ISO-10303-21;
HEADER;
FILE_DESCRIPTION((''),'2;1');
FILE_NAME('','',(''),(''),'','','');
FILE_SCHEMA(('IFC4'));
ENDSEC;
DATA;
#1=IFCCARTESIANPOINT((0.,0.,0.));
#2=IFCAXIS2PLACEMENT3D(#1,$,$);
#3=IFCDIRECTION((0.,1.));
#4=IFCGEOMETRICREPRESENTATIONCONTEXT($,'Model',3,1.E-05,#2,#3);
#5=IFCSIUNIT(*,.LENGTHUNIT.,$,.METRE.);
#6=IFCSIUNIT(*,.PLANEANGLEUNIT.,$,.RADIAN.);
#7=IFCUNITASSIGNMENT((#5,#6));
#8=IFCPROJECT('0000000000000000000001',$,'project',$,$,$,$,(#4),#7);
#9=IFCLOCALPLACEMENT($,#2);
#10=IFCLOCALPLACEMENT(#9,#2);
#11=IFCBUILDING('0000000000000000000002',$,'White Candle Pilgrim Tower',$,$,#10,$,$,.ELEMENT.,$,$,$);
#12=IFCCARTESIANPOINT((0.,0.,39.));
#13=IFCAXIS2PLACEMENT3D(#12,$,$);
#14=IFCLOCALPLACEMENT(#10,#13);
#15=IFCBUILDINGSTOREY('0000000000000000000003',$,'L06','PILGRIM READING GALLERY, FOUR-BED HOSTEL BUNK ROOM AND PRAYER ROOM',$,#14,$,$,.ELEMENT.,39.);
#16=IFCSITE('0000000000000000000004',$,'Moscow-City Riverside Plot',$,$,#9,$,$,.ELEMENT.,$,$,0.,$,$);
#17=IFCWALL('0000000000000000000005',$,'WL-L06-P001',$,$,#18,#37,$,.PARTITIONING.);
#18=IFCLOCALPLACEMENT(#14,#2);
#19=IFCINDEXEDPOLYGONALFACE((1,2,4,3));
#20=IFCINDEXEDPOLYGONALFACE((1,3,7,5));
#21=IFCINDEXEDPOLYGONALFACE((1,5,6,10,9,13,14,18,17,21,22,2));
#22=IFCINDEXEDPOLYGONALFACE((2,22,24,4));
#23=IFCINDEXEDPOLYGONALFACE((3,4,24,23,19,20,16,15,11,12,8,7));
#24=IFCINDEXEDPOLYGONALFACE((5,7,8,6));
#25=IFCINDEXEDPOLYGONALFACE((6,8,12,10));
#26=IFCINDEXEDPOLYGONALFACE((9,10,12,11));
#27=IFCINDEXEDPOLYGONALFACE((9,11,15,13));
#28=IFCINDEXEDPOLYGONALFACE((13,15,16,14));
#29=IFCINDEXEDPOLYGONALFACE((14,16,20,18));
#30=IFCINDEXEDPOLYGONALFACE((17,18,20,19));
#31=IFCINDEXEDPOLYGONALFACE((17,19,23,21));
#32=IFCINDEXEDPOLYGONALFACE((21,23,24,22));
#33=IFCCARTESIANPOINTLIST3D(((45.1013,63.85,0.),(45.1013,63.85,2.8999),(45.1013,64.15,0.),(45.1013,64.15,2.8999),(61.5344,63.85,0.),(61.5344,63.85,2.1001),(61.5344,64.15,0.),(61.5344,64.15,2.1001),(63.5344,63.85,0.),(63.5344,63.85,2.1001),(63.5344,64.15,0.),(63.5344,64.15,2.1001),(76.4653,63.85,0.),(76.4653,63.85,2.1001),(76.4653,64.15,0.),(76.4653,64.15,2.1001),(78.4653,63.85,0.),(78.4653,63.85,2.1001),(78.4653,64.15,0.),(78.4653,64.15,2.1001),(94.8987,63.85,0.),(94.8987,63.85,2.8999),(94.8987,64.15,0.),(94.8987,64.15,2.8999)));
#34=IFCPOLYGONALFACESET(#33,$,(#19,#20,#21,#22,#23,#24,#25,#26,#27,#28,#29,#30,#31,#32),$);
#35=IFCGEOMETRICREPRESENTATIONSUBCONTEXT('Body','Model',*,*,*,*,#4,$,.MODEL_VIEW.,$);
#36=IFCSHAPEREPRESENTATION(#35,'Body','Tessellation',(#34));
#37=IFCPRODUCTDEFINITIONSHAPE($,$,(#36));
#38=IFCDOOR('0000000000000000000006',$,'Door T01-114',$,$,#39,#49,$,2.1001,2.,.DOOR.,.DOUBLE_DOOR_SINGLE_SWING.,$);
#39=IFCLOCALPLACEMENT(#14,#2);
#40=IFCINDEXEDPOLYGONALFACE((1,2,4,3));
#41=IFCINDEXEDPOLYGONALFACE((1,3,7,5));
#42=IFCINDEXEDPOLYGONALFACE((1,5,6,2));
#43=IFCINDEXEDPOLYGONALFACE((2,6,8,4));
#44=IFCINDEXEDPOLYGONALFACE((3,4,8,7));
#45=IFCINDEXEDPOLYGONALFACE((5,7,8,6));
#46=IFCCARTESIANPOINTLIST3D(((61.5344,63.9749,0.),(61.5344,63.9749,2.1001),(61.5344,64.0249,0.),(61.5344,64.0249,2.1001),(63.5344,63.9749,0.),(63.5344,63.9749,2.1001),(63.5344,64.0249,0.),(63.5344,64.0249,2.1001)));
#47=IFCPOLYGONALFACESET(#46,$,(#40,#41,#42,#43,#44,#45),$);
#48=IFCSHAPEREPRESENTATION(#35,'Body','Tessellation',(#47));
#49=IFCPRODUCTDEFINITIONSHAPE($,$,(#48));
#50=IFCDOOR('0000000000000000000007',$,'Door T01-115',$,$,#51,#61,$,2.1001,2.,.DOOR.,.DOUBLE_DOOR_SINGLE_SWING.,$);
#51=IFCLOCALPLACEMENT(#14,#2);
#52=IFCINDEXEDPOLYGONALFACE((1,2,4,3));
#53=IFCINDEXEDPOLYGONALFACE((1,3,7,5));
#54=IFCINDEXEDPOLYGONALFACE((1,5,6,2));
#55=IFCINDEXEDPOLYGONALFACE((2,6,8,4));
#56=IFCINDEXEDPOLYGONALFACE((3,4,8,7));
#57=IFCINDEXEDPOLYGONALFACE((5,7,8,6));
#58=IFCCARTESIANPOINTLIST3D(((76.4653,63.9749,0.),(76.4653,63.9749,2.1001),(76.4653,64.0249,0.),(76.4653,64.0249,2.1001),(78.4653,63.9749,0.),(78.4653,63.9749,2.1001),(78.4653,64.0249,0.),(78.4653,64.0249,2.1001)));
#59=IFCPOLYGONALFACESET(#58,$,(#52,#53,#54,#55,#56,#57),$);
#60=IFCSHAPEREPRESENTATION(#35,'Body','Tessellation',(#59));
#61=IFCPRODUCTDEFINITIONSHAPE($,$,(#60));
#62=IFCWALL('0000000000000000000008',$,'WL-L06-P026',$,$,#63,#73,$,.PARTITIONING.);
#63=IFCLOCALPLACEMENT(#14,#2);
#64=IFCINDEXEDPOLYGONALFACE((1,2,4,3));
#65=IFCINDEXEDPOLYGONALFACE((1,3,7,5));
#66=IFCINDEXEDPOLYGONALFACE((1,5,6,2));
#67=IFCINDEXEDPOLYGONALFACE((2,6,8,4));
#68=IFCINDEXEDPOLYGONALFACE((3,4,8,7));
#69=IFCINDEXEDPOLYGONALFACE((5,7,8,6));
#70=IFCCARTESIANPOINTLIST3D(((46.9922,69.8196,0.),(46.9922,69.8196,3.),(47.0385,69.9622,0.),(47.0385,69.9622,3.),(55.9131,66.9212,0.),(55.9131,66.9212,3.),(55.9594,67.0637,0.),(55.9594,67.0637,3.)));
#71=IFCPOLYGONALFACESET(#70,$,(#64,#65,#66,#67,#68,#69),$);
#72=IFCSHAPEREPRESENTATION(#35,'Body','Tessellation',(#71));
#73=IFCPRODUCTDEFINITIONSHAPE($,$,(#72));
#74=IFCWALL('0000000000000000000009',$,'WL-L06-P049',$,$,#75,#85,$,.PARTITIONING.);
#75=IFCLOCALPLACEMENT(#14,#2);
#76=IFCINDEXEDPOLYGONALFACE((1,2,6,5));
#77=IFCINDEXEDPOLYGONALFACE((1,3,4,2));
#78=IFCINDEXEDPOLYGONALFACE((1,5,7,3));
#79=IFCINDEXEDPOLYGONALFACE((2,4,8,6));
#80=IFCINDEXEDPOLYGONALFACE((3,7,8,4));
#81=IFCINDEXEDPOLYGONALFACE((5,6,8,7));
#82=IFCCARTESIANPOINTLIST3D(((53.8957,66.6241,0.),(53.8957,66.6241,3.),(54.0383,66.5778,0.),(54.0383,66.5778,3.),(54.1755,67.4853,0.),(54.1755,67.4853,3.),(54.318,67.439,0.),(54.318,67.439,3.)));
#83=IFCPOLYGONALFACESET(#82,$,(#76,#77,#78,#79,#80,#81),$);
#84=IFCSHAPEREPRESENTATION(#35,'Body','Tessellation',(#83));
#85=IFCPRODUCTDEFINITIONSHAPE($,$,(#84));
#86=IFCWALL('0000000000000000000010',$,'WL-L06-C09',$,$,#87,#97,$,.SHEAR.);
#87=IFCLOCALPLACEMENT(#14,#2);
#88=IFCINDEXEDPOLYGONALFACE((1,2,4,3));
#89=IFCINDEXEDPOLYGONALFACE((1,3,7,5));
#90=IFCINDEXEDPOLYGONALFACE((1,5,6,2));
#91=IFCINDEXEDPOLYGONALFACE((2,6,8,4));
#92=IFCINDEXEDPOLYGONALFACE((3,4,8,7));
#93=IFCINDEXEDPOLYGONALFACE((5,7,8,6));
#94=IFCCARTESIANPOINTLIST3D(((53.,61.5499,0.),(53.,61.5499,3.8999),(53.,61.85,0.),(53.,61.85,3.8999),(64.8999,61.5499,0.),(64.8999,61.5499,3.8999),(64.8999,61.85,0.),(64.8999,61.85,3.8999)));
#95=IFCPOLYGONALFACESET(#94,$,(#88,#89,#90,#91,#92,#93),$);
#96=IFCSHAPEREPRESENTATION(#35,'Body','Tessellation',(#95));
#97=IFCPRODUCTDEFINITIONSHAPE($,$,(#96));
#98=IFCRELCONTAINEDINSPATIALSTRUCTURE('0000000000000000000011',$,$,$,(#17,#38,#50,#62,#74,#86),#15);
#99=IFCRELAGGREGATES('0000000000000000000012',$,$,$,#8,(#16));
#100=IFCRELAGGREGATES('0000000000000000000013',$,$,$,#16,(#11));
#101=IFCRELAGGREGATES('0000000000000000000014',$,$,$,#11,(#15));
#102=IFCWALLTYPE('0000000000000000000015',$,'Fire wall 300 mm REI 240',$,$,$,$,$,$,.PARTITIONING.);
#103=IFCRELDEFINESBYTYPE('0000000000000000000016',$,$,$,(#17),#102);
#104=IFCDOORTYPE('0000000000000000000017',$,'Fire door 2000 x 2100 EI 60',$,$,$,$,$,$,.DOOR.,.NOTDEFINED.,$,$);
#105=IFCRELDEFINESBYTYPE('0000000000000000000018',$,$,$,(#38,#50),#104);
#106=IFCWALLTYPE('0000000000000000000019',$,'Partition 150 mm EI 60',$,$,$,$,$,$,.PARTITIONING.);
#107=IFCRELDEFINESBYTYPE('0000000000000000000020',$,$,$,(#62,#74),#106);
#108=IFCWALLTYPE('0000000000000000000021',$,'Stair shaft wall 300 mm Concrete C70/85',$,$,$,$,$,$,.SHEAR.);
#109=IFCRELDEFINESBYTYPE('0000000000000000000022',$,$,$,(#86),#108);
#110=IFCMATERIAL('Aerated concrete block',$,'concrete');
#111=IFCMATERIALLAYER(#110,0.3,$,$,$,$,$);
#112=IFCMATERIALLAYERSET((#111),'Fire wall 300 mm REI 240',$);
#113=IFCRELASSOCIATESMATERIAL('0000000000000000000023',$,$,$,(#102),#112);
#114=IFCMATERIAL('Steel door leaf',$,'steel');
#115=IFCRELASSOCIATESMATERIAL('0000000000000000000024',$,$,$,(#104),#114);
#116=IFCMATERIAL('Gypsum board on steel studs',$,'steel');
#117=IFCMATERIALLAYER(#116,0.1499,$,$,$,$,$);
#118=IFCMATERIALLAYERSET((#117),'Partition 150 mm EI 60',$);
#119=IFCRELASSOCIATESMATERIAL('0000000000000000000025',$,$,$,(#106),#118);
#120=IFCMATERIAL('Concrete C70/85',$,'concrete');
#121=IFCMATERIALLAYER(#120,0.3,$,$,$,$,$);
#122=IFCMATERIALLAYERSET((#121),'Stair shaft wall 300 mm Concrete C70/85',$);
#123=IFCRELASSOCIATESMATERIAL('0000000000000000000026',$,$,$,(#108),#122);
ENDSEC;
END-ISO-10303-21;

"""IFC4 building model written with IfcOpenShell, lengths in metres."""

from ifc_helpers import new_model, si_unit, direction, frame, frame_2d, origin, place, context, subcontext, project, spatial, rectangle, extrude, material, layer, layer_set, type_object, element, fill, save


model = new_model("IFC4")

# Units and contexts
model_context = context("Model", 3, precision=1e-05, world=origin(), true_north=direction((0.0, 1.0)))
body_context = subcontext(model_context, "Body", "Model", "MODEL_VIEW")
ifc_project = project(units=[si_unit("LENGTHUNIT", "METRE"), si_unit("PLANEANGLEUNIT", "RADIAN")], contexts=[model_context])

# Site, building, storey
site_placement = place(None, origin())
site = spatial("IfcSite", under=ifc_project, at=site_placement, Name="Moscow-City Riverside Plot", CompositionType="ELEMENT", RefElevation=0.0)
building_placement = place(site_placement, origin())
building = spatial("IfcBuilding", under=site, at=building_placement, Name="White Candle Pilgrim Tower", CompositionType="ELEMENT")
storey_placement = place(building_placement, frame((0.0, 0.0, 39.0)))
storey = spatial("IfcBuildingStorey", under=building, at=storey_placement, Name="L06", Description="PILGRIM READING GALLERY, FOUR-BED HOSTEL BUNK ROOM AND PRAYER ROOM", CompositionType="ELEMENT", Elevation=39.0)

# Wall, openings, doors
ifc_material_1 = material(Name="Gypsum board on steel studs", Category="steel")
ifc_material_2 = material(Name="Steel door leaf", Category="steel")
ifc_material_3 = material(Name="Aerated concrete block", Category="concrete")
ifc_layer_1 = layer(ifc_material_3, 0.3)
ifc_layer_set_1 = layer_set([ifc_layer_1], Name="Fire wall 300 mm REI 240")
wall_type_1 = type_object("IfcWallType", Name="Fire wall 300 mm REI 240", PredefinedType="PARTITIONING", material=ifc_layer_set_1)
wall_1_placement = place(storey_placement, frame((45.1013, 64.0, 0.0), z_axis=(0.0, 0.0, 1.0), x_axis=(1.0, 0.0, 0.0)))
wall_1 = element("IfcWall", 1, at=wall_1_placement, inside=storey, type_object=wall_type_1, Name="WL-L06-P001", PredefinedType="PARTITIONING", context=body_context, shape_type="SweptSolid", body=[
    extrude(rectangle(XDim=49.7974, YDim=0.3, at=frame_2d((24.8987, 0.0))), origin(), (0.0, 0.0, 1.0), 2.8999),
])
opening_1_placement = place(wall_1_placement, frame((16.4331, 0.0, 0.0)))
opening_1 = element("IfcOpeningElement", 2, at=opening_1_placement, cuts=wall_1, PredefinedType="OPENING", context=body_context, shape_type="SweptSolid", body=[
    extrude(rectangle(XDim=2.0, YDim=2.1001, at=frame_2d((1.0, 1.05))), frame((0.0, 0.1599, 0.0), z_axis=(0.0, -1.0, 0.0), x_axis=(1.0, 0.0, 0.0)), (0.0, 0.0, 1.0), 0.3201),
])
opening_2_placement = place(wall_1_placement, frame((31.364, 0.0, 0.0)))
opening_2 = element("IfcOpeningElement", 3, at=opening_2_placement, cuts=wall_1, PredefinedType="OPENING", context=body_context, shape_type="SweptSolid", body=[
    extrude(rectangle(XDim=2.0, YDim=2.1001, at=frame_2d((1.0, 1.05))), frame((0.0, 0.1599, 0.0), z_axis=(0.0, -1.0, 0.0), x_axis=(1.0, 0.0, 0.0)), (0.0, 0.0, 1.0), 0.3201),
])
door_type_1 = type_object("IfcDoorType", Name="Fire door 2000 x 2100 EI 60", OperationType="NOTDEFINED", PredefinedType="DOOR", material=ifc_material_2)
door_1_placement = place(opening_1_placement, origin())
door_1 = element("IfcDoor", 4, at=door_1_placement, inside=storey, type_object=door_type_1, Name="Door T01-114", OperationType="DOUBLE_DOOR_SINGLE_SWING", OverallHeight=2.1001, OverallWidth=2.0, PredefinedType="DOOR", context=body_context, shape_type="SweptSolid", body=[
    extrude(rectangle(XDim=2.0, YDim=2.1001, at=frame_2d((1.0, 1.05))), frame((0.0, 0.0249, 0.0), z_axis=(0.0, -1.0, 0.0), x_axis=(1.0, 0.0, 0.0)), (0.0, 0.0, 1.0), 0.05),
])
fill(opening_1, door_1)
door_2_placement = place(opening_2_placement, origin())
door_2 = element("IfcDoor", 5, at=door_2_placement, inside=storey, type_object=door_type_1, Name="Door T01-115", OperationType="DOUBLE_DOOR_SINGLE_SWING", OverallHeight=2.1001, OverallWidth=2.0, PredefinedType="DOOR", context=body_context, shape_type="SweptSolid", body=[
    extrude(rectangle(XDim=2.0, YDim=2.1001, at=frame_2d((1.0, 1.05))), frame((0.0, 0.0249, 0.0), z_axis=(0.0, -1.0, 0.0), x_axis=(1.0, 0.0, 0.0)), (0.0, 0.0, 1.0), 0.05),
])
fill(opening_2, door_2)

# Walls
ifc_layer_2 = layer(ifc_material_1, 0.1499)
ifc_layer_set_2 = layer_set([ifc_layer_2], Name="Partition 150 mm EI 60")
wall_type_2 = type_object("IfcWallType", Name="Partition 150 mm EI 60", PredefinedType="PARTITIONING", material=ifc_layer_set_2)
wall_2_placement = place(storey_placement, frame((47.0154, 69.8909, 0.0), z_axis=(0.0, 0.0, 1.0), x_axis=(0.951061, -0.309004, 0.0)))
element("IfcWall", 6, at=wall_2_placement, inside=storey, type_object=wall_type_2, Name="WL-L06-P026", PredefinedType="PARTITIONING", context=body_context, shape_type="SweptSolid", body=[
    extrude(rectangle(XDim=9.3799, YDim=0.1499, at=frame_2d((4.6899, 0.0))), origin(), (0.0, 0.0, 1.0), 3.0),
])
wall_3_placement = place(storey_placement, frame((53.967, 66.6011, 0.0), z_axis=(0.0, 0.0, 1.0), x_axis=(0.30894, 0.951082, 0.0)))
element("IfcWall", 7, at=wall_3_placement, inside=storey, type_object=wall_type_2, Name="WL-L06-P049", PredefinedType="PARTITIONING", context=body_context, shape_type="SweptSolid", body=[
    extrude(rectangle(XDim=0.9055, YDim=0.1499, at=frame_2d((0.4526, 0.0))), origin(), (0.0, 0.0, 1.0), 3.0),
])
ifc_material_4 = material(Name="Concrete C70/85", Category="concrete")
ifc_layer_3 = layer(ifc_material_4, 0.3)
ifc_layer_set_3 = layer_set([ifc_layer_3], Name="Stair shaft wall 300 mm Concrete C70/85")
wall_type_3 = type_object("IfcWallType", Name="Stair shaft wall 300 mm Concrete C70/85", PredefinedType="SHEAR", material=ifc_layer_set_3)
wall_4_placement = place(storey_placement, frame((53.0, 61.7, 0.0), z_axis=(0.0, 0.0, 1.0), x_axis=(1.0, 0.0, 0.0)))
element("IfcWall", 8, at=wall_4_placement, inside=storey, type_object=wall_type_3, Name="WL-L06-C09", PredefinedType="SHEAR", context=body_context, shape_type="SweptSolid", body=[
    extrude(rectangle(XDim=11.8999, YDim=0.3, at=frame_2d((5.95, 0.0))), origin(), (0.0, 0.0, 1.0), 3.8999),
])

save(model, "model.ifc")
